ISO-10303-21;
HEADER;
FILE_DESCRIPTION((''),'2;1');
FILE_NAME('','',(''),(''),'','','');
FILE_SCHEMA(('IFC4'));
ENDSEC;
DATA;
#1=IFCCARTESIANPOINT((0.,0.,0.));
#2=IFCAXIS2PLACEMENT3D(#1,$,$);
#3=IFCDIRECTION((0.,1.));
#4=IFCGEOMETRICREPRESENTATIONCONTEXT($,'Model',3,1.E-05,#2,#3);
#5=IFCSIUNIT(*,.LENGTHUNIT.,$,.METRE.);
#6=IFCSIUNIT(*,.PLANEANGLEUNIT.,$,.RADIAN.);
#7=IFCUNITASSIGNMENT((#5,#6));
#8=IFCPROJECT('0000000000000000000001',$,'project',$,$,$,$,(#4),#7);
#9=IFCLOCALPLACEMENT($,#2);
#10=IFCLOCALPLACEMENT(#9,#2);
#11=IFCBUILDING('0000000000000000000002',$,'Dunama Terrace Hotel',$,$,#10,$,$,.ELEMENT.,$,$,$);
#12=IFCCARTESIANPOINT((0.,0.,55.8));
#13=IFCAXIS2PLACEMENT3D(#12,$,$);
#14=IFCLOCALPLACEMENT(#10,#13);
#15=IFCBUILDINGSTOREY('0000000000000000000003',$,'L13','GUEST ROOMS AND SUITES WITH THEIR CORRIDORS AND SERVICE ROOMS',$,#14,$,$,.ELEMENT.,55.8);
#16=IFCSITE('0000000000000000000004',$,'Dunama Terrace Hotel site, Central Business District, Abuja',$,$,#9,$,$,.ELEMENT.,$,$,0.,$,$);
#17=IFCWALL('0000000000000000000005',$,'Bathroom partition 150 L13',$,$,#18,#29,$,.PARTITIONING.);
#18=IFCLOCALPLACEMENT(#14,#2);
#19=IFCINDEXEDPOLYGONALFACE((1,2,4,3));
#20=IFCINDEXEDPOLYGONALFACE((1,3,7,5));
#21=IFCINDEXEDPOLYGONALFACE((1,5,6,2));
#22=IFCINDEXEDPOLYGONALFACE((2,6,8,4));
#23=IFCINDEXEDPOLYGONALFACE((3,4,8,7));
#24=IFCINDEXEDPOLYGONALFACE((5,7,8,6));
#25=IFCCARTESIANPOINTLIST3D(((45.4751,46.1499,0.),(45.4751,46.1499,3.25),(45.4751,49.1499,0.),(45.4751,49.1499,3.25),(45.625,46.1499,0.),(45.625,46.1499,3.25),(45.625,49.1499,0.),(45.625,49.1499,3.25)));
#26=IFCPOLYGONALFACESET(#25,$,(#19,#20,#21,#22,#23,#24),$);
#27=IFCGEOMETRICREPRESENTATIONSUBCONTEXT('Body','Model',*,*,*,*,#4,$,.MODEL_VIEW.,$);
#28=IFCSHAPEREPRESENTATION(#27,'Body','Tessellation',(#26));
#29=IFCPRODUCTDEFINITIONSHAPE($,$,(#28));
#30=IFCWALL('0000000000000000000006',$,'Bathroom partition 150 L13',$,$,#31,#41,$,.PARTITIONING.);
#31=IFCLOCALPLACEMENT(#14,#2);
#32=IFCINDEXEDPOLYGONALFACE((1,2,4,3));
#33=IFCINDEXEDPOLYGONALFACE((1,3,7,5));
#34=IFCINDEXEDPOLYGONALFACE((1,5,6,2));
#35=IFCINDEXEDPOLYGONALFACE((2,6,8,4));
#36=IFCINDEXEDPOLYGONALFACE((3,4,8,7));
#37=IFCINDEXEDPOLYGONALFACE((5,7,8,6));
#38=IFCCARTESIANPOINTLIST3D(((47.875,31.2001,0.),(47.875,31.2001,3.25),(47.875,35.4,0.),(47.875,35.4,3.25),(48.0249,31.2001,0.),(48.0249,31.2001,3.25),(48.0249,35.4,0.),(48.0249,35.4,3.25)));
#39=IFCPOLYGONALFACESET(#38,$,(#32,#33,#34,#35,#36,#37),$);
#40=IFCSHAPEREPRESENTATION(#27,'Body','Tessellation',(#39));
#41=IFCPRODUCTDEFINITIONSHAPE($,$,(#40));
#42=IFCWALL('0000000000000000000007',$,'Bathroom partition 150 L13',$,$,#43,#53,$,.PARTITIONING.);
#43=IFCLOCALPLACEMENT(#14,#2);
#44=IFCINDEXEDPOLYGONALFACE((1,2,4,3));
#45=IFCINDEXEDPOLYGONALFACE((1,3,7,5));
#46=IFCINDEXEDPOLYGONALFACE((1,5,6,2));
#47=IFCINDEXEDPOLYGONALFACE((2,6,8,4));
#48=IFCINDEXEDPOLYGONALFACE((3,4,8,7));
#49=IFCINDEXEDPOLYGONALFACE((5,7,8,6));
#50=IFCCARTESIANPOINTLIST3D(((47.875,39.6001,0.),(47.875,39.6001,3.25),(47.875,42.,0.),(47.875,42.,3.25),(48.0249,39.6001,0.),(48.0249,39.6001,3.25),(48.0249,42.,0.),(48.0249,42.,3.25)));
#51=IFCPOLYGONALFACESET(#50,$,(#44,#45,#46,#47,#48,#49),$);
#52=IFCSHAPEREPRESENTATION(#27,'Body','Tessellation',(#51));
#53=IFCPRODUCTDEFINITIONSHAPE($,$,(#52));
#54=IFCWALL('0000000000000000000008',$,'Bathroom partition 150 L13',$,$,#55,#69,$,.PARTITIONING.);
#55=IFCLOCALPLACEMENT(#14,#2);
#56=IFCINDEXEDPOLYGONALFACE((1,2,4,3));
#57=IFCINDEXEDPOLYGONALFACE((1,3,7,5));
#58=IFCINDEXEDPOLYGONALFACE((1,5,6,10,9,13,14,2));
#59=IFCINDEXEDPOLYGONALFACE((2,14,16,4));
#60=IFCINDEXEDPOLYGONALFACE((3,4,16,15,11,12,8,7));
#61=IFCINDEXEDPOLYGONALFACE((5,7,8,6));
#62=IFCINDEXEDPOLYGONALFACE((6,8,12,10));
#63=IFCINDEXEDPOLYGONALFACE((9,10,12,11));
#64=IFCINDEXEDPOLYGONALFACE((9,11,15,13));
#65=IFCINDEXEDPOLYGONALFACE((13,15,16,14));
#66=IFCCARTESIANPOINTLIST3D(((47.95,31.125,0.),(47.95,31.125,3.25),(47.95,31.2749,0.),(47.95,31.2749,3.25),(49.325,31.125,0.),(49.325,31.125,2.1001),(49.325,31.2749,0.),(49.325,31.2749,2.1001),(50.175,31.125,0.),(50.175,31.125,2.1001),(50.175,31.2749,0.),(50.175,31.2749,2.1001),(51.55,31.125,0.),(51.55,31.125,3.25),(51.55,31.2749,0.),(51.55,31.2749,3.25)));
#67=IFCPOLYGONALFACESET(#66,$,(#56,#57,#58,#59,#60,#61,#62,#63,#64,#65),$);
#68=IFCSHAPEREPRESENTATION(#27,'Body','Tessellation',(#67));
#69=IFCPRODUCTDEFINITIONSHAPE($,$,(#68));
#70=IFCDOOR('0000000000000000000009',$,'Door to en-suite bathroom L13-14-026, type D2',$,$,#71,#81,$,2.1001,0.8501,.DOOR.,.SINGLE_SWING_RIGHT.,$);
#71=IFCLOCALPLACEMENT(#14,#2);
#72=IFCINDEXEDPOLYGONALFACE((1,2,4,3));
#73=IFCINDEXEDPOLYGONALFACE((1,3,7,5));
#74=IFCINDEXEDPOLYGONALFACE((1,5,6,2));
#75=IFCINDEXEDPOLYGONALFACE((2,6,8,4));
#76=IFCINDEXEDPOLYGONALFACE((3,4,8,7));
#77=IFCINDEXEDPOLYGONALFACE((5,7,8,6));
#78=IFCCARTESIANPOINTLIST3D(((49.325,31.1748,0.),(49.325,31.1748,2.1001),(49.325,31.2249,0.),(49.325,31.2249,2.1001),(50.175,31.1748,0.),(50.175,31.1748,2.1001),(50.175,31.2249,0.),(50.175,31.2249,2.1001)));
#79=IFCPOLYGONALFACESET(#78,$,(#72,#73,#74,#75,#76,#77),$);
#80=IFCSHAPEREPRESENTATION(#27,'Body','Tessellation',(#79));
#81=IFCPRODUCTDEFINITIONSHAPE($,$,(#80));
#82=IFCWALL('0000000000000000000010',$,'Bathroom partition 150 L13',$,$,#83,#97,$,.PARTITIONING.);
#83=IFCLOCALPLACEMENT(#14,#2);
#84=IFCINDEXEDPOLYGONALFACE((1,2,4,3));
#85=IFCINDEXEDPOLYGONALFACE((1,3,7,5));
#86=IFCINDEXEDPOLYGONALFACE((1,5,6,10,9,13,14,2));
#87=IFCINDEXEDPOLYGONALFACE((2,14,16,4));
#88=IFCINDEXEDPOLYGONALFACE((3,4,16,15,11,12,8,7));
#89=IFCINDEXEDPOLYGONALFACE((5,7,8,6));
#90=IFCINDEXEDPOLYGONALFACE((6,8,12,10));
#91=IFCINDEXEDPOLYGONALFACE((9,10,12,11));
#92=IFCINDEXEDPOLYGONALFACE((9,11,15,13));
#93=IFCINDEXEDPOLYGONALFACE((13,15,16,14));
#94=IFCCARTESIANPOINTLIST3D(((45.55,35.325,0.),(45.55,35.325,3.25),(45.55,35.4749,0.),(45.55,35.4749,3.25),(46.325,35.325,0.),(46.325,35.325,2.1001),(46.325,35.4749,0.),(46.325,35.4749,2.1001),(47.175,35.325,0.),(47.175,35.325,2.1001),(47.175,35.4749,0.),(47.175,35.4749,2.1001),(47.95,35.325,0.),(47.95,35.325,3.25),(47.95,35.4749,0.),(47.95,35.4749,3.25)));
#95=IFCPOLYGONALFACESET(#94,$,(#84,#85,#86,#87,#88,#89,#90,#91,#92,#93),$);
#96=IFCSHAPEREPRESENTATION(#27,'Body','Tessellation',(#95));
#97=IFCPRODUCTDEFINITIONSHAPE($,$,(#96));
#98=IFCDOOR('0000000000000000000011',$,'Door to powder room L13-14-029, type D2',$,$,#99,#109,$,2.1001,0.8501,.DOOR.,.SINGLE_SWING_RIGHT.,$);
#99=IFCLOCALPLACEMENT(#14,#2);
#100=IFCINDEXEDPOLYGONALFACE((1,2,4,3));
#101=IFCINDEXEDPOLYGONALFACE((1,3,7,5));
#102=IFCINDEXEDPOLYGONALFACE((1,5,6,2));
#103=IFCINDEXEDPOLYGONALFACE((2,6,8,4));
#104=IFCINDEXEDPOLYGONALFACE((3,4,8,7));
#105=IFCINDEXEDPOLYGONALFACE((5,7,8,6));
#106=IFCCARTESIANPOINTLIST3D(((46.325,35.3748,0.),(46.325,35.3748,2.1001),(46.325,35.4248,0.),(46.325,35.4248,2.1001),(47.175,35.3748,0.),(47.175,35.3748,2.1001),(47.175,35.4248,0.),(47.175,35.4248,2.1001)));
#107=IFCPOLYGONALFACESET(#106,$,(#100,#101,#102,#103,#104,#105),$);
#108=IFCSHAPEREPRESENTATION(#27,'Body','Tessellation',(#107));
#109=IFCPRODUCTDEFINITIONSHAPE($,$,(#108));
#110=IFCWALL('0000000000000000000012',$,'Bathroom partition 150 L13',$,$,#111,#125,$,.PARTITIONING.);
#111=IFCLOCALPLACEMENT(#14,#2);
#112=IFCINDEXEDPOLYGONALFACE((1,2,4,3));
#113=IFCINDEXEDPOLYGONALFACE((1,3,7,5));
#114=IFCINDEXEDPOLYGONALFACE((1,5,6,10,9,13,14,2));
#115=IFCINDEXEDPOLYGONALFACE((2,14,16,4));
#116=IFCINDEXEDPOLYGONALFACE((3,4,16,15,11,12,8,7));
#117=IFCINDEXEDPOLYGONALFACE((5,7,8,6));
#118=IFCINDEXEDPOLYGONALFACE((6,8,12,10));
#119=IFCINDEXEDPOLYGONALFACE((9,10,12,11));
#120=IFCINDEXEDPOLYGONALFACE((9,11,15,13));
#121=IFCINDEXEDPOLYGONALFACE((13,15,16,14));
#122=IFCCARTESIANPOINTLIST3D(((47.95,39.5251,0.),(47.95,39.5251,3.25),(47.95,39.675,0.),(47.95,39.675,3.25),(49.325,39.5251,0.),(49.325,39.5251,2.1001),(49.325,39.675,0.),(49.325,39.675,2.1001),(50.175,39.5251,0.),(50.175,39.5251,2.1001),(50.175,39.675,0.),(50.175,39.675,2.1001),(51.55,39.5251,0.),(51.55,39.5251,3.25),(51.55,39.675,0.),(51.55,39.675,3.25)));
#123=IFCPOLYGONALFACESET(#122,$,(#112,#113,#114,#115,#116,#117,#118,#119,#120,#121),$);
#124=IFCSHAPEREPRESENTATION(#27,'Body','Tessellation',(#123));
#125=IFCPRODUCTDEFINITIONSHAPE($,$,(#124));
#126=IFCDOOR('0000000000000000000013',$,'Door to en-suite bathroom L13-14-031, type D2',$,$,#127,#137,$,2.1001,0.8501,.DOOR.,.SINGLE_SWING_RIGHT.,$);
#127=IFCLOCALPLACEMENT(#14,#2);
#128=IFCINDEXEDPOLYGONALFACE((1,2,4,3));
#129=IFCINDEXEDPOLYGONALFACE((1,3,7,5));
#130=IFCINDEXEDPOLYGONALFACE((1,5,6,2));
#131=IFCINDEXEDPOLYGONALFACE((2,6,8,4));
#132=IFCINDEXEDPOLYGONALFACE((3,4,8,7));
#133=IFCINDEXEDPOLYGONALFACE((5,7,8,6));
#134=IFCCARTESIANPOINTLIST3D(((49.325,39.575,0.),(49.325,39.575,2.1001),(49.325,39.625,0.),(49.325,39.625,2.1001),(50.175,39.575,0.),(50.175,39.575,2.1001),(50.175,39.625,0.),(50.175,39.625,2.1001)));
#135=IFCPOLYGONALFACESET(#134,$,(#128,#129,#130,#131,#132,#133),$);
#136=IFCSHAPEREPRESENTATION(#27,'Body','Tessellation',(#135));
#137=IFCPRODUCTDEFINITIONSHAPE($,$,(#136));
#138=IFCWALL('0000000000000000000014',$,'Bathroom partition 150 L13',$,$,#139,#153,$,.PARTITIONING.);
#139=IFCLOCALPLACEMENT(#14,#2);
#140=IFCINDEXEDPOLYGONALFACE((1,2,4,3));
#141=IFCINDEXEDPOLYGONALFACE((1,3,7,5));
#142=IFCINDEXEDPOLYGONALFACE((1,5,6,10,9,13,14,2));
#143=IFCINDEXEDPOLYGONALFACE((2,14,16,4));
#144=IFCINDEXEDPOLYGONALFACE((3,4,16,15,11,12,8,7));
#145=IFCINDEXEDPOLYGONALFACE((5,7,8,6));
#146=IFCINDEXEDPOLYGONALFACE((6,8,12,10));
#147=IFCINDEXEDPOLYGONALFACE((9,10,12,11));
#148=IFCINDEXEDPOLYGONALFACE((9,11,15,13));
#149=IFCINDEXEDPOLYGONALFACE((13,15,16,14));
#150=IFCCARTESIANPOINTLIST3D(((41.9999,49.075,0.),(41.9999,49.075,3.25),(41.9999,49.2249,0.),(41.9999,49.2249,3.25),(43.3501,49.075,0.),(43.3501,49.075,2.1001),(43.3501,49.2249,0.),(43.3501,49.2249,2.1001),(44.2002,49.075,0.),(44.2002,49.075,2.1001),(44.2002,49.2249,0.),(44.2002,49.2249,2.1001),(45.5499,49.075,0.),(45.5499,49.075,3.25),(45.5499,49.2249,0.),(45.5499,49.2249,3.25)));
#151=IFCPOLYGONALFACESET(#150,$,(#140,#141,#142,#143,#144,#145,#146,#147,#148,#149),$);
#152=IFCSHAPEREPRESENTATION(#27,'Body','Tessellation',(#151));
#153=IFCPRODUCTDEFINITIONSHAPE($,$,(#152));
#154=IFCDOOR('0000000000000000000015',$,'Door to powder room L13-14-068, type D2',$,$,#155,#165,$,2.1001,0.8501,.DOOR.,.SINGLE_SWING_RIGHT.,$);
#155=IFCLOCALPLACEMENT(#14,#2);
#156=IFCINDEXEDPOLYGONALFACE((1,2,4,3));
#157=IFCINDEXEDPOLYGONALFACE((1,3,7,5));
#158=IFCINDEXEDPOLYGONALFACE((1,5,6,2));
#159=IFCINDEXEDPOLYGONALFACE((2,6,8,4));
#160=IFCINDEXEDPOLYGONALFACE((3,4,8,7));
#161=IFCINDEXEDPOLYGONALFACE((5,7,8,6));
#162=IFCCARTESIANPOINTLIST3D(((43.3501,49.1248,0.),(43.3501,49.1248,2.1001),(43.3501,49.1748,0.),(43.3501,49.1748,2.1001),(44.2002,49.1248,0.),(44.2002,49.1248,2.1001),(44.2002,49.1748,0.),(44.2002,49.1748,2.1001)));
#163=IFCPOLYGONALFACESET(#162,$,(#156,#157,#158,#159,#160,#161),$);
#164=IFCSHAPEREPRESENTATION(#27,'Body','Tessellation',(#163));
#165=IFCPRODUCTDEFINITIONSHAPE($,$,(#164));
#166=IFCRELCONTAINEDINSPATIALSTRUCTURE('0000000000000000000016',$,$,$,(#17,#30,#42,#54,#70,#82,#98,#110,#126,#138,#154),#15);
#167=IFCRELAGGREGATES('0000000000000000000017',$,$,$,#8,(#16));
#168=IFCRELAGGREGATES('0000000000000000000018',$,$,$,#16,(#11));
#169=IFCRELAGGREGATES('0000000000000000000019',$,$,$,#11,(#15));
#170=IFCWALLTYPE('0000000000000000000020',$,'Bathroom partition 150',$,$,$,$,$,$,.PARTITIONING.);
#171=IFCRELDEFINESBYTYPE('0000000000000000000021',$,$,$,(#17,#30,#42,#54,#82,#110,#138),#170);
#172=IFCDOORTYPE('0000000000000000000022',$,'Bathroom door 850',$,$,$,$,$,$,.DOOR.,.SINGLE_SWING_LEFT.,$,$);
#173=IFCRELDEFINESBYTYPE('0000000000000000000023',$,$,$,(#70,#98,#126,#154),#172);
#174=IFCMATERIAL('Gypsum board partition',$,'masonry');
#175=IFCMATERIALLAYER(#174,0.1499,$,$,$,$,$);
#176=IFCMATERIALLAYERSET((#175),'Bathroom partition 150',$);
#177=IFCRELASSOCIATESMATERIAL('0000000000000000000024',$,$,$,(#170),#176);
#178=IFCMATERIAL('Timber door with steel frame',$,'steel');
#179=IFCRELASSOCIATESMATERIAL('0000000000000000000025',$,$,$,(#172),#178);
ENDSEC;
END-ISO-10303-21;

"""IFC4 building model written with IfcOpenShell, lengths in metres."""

from ifc_helpers import new_model, si_unit, direction, frame, frame_2d, origin, place, context, subcontext, project, spatial, rectangle, extrude, material, layer, layer_set, type_object, element, fill, save


model = new_model("IFC4")

# Units and contexts
model_context = context("Model", 3, precision=1e-05, world=origin(), true_north=direction((0.0, 1.0)))
body_context = subcontext(model_context, "Body", "Model", "MODEL_VIEW")
ifc_project = project(units=[si_unit("LENGTHUNIT", "METRE"), si_unit("PLANEANGLEUNIT", "RADIAN")], contexts=[model_context])

# Site, building, storey
site_placement = place(None, origin())
site = spatial("IfcSite", under=ifc_project, at=site_placement, Name="Dunama Terrace Hotel site, Central Business District, Abuja", CompositionType="ELEMENT", RefElevation=0.0)
building_placement = place(site_placement, origin())
building = spatial("IfcBuilding", under=site, at=building_placement, Name="Dunama Terrace Hotel", CompositionType="ELEMENT")
storey_placement = place(building_placement, frame((0.0, 0.0, 55.8)))
storey = spatial("IfcBuildingStorey", under=building, at=storey_placement, Name="L13", Description="GUEST ROOMS AND SUITES WITH THEIR CORRIDORS AND SERVICE ROOMS", CompositionType="ELEMENT", Elevation=55.8)

# Walls
ifc_material_1 = material(Name="Gypsum board partition", Category="masonry")
ifc_layer_1 = layer(ifc_material_1, 0.1499)
ifc_layer_set_1 = layer_set([ifc_layer_1], Name="Bathroom partition 150")
wall_type_1 = type_object("IfcWallType", Name="Bathroom partition 150", PredefinedType="PARTITIONING", material=ifc_layer_set_1)
wall_1_placement = place(storey_placement, frame((45.55, 46.1499, 0.0), z_axis=(0.0, 0.0, 1.0), x_axis=(0.0, 1.0, 0.0)))
element("IfcWall", 1, at=wall_1_placement, inside=storey, type_object=wall_type_1, Name="Bathroom partition 150 L13", PredefinedType="PARTITIONING", context=body_context, shape_type="SweptSolid", body=[
    extrude(rectangle(XDim=3.0, YDim=0.1499, at=frame_2d((1.5, 0.0))), origin(), (0.0, 0.0, 1.0), 3.25),
])
wall_2_placement = place(storey_placement, frame((47.95, 31.2, 0.0), z_axis=(0.0, 0.0, 1.0), x_axis=(0.0, 1.0, 0.0)))
element("IfcWall", 2, at=wall_2_placement, inside=storey, type_object=wall_type_1, Name="Bathroom partition 150 L13", PredefinedType="PARTITIONING", context=body_context, shape_type="SweptSolid", body=[
    extrude(rectangle(XDim=4.2, YDim=0.1499, at=frame_2d((2.1001, 0.0))), origin(), (0.0, 0.0, 1.0), 3.25),
])
wall_3_placement = place(storey_placement, frame((47.95, 39.6001, 0.0), z_axis=(0.0, 0.0, 1.0), x_axis=(0.0, 1.0, 0.0)))
element("IfcWall", 3, at=wall_3_placement, inside=storey, type_object=wall_type_1, Name="Bathroom partition 150 L13", PredefinedType="PARTITIONING", context=body_context, shape_type="SweptSolid", body=[
    extrude(rectangle(XDim=2.3999, YDim=0.1499, at=frame_2d((1.2, 0.0))), origin(), (0.0, 0.0, 1.0), 3.25),
])

# Walls, openings, doors
wall_4_placement = place(storey_placement, frame((47.95, 31.2, 0.0), z_axis=(0.0, 0.0, 1.0), x_axis=(1.0, 0.0, 0.0)))
wall_4 = element("IfcWall", 4, at=wall_4_placement, inside=storey, type_object=wall_type_1, Name="Bathroom partition 150 L13", PredefinedType="PARTITIONING", context=body_context, shape_type="SweptSolid", body=[
    extrude(rectangle(XDim=3.6001, YDim=0.1499, at=frame_2d((1.8, 0.0))), origin(), (0.0, 0.0, 1.0), 3.25),
])
opening_1_placement = place(wall_4_placement, frame((1.375, 0.0, 0.0)))
opening_1 = element("IfcOpeningElement", 5, at=opening_1_placement, cuts=wall_4, PredefinedType="OPENING", context=body_context, shape_type="SweptSolid", body=[
    extrude(rectangle(XDim=0.8501, YDim=2.1001, at=frame_2d((0.425, 1.05))), frame((0.0, 0.085, 0.0), z_axis=(0.0, -1.0, 0.0), x_axis=(1.0, 0.0, 0.0)), (0.0, 0.0, 1.0), 0.1699),
])
ifc_material_2 = material(Name="Timber door with steel frame", Category="steel")
door_type_1 = type_object("IfcDoorType", Name="Bathroom door 850", OperationType="SINGLE_SWING_LEFT", PredefinedType="DOOR", material=ifc_material_2)
door_1_placement = place(opening_1_placement, origin())
door_1 = element("IfcDoor", 6, at=door_1_placement, inside=storey, type_object=door_type_1, Name="Door to en-suite bathroom L13-14-026, type D2", OperationType="SINGLE_SWING_RIGHT", OverallHeight=2.1001, OverallWidth=0.8501, PredefinedType="DOOR", context=body_context, shape_type="SweptSolid", body=[
    extrude(rectangle(XDim=0.8501, YDim=2.1001, at=frame_2d((0.425, 1.05))), frame((0.0, 0.0249, 0.0), z_axis=(0.0, -1.0, 0.0), x_axis=(1.0, 0.0, 0.0)), (0.0, 0.0, 1.0), 0.05),
])
fill(opening_1, door_1)
wall_5_placement = place(storey_placement, frame((45.55, 35.3999, 0.0), z_axis=(0.0, 0.0, 1.0), x_axis=(1.0, 0.0, 0.0)))
wall_5 = element("IfcWall", 7, at=wall_5_placement, inside=storey, type_object=wall_type_1, Name="Bathroom partition 150 L13", PredefinedType="PARTITIONING", context=body_context, shape_type="SweptSolid", body=[
    extrude(rectangle(XDim=2.3999, YDim=0.1499, at=frame_2d((1.2, 0.0))), origin(), (0.0, 0.0, 1.0), 3.25),
])
opening_2_placement = place(wall_5_placement, frame((0.7749, 0.0, 0.0)))
opening_2 = element("IfcOpeningElement", 8, at=opening_2_placement, cuts=wall_5, PredefinedType="OPENING", context=body_context, shape_type="SweptSolid", body=[
    extrude(rectangle(XDim=0.8501, YDim=2.1001, at=frame_2d((0.425, 1.05))), frame((0.0, 0.085, 0.0), z_axis=(0.0, -1.0, 0.0), x_axis=(1.0, 0.0, 0.0)), (0.0, 0.0, 1.0), 0.1699),
])
door_2_placement = place(opening_2_placement, frame((0.8501, 0.0, 0.0), z_axis=(0.0, 0.0, 1.0), x_axis=(-1.0, 0.0, 0.0)))
door_2 = element("IfcDoor", 9, at=door_2_placement, inside=storey, type_object=door_type_1, Name="Door to powder room L13-14-029, type D2", OperationType="SINGLE_SWING_RIGHT", OverallHeight=2.1001, OverallWidth=0.8501, PredefinedType="DOOR", context=body_context, shape_type="SweptSolid", body=[
    extrude(rectangle(XDim=0.8501, YDim=2.1001, at=frame_2d((0.425, 1.05))), frame((0.0, 0.0251, 0.0), z_axis=(0.0, -1.0, 0.0), x_axis=(1.0, 0.0, 0.0)), (0.0, 0.0, 1.0), 0.05),
])
fill(opening_2, door_2)
wall_6_placement = place(storey_placement, frame((47.95, 39.6001, 0.0), z_axis=(0.0, 0.0, 1.0), x_axis=(1.0, 0.0, 0.0)))
wall_6 = element("IfcWall", 10, at=wall_6_placement, inside=storey, type_object=wall_type_1, Name="Bathroom partition 150 L13", PredefinedType="PARTITIONING", context=body_context, shape_type="SweptSolid", body=[
    extrude(rectangle(XDim=3.6001, YDim=0.1499, at=frame_2d((1.8, 0.0))), origin(), (0.0, 0.0, 1.0), 3.25),
])
opening_3_placement = place(wall_6_placement, frame((1.375, 0.0, 0.0)))
opening_3 = element("IfcOpeningElement", 11, at=opening_3_placement, cuts=wall_6, PredefinedType="OPENING", context=body_context, shape_type="SweptSolid", body=[
    extrude(rectangle(XDim=0.8501, YDim=2.1001, at=frame_2d((0.425, 1.05))), frame((0.0, 0.085, 0.0), z_axis=(0.0, -1.0, 0.0), x_axis=(1.0, 0.0, 0.0)), (0.0, 0.0, 1.0), 0.1699),
])
door_3_placement = place(opening_3_placement, origin())
door_3 = element("IfcDoor", 12, at=door_3_placement, inside=storey, type_object=door_type_1, Name="Door to en-suite bathroom L13-14-031, type D2", OperationType="SINGLE_SWING_RIGHT", OverallHeight=2.1001, OverallWidth=0.8501, PredefinedType="DOOR", context=body_context, shape_type="SweptSolid", body=[
    extrude(rectangle(XDim=0.8501, YDim=2.1001, at=frame_2d((0.425, 1.05))), frame((0.0, 0.0249, 0.0), z_axis=(0.0, -1.0, 0.0), x_axis=(1.0, 0.0, 0.0)), (0.0, 0.0, 1.0), 0.05),
])
fill(opening_3, door_3)
wall_7_placement = place(storey_placement, frame((42.0, 49.1499, 0.0), z_axis=(0.0, 0.0, 1.0), x_axis=(1.0, 0.0, 0.0)))
wall_7 = element("IfcWall", 13, at=wall_7_placement, inside=storey, type_object=wall_type_1, Name="Bathroom partition 150 L13", PredefinedType="PARTITIONING", context=body_context, shape_type="SweptSolid", body=[
    extrude(rectangle(XDim=3.55, YDim=0.1499, at=frame_2d((1.7749, 0.0))), origin(), (0.0, 0.0, 1.0), 3.25),
])
opening_4_placement = place(wall_7_placement, frame((1.3501, 0.0, 0.0)))
opening_4 = element("IfcOpeningElement", 14, at=opening_4_placement, cuts=wall_7, PredefinedType="OPENING", context=body_context, shape_type="SweptSolid", body=[
    extrude(rectangle(XDim=0.8501, YDim=2.1001, at=frame_2d((0.425, 1.05))), frame((0.0, 0.085, 0.0), z_axis=(0.0, -1.0, 0.0), x_axis=(1.0, 0.0, 0.0)), (0.0, 0.0, 1.0), 0.1699),
])
door_4_placement = place(opening_4_placement, frame((0.8501, 0.0, 0.0), z_axis=(0.0, 0.0, 1.0), x_axis=(-1.0, 0.0, 0.0)))
door_4 = element("IfcDoor", 15, at=door_4_placement, inside=storey, type_object=door_type_1, Name="Door to powder room L13-14-068, type D2", OperationType="SINGLE_SWING_RIGHT", OverallHeight=2.1001, OverallWidth=0.8501, PredefinedType="DOOR", context=body_context, shape_type="SweptSolid", body=[
    extrude(rectangle(XDim=0.8501, YDim=2.1001, at=frame_2d((0.425, 1.05))), frame((0.0, 0.0251, 0.0), z_axis=(0.0, -1.0, 0.0), x_axis=(1.0, 0.0, 0.0)), (0.0, 0.0, 1.0), 0.05),
])
fill(opening_4, door_4)

save(model, "model.ifc")
